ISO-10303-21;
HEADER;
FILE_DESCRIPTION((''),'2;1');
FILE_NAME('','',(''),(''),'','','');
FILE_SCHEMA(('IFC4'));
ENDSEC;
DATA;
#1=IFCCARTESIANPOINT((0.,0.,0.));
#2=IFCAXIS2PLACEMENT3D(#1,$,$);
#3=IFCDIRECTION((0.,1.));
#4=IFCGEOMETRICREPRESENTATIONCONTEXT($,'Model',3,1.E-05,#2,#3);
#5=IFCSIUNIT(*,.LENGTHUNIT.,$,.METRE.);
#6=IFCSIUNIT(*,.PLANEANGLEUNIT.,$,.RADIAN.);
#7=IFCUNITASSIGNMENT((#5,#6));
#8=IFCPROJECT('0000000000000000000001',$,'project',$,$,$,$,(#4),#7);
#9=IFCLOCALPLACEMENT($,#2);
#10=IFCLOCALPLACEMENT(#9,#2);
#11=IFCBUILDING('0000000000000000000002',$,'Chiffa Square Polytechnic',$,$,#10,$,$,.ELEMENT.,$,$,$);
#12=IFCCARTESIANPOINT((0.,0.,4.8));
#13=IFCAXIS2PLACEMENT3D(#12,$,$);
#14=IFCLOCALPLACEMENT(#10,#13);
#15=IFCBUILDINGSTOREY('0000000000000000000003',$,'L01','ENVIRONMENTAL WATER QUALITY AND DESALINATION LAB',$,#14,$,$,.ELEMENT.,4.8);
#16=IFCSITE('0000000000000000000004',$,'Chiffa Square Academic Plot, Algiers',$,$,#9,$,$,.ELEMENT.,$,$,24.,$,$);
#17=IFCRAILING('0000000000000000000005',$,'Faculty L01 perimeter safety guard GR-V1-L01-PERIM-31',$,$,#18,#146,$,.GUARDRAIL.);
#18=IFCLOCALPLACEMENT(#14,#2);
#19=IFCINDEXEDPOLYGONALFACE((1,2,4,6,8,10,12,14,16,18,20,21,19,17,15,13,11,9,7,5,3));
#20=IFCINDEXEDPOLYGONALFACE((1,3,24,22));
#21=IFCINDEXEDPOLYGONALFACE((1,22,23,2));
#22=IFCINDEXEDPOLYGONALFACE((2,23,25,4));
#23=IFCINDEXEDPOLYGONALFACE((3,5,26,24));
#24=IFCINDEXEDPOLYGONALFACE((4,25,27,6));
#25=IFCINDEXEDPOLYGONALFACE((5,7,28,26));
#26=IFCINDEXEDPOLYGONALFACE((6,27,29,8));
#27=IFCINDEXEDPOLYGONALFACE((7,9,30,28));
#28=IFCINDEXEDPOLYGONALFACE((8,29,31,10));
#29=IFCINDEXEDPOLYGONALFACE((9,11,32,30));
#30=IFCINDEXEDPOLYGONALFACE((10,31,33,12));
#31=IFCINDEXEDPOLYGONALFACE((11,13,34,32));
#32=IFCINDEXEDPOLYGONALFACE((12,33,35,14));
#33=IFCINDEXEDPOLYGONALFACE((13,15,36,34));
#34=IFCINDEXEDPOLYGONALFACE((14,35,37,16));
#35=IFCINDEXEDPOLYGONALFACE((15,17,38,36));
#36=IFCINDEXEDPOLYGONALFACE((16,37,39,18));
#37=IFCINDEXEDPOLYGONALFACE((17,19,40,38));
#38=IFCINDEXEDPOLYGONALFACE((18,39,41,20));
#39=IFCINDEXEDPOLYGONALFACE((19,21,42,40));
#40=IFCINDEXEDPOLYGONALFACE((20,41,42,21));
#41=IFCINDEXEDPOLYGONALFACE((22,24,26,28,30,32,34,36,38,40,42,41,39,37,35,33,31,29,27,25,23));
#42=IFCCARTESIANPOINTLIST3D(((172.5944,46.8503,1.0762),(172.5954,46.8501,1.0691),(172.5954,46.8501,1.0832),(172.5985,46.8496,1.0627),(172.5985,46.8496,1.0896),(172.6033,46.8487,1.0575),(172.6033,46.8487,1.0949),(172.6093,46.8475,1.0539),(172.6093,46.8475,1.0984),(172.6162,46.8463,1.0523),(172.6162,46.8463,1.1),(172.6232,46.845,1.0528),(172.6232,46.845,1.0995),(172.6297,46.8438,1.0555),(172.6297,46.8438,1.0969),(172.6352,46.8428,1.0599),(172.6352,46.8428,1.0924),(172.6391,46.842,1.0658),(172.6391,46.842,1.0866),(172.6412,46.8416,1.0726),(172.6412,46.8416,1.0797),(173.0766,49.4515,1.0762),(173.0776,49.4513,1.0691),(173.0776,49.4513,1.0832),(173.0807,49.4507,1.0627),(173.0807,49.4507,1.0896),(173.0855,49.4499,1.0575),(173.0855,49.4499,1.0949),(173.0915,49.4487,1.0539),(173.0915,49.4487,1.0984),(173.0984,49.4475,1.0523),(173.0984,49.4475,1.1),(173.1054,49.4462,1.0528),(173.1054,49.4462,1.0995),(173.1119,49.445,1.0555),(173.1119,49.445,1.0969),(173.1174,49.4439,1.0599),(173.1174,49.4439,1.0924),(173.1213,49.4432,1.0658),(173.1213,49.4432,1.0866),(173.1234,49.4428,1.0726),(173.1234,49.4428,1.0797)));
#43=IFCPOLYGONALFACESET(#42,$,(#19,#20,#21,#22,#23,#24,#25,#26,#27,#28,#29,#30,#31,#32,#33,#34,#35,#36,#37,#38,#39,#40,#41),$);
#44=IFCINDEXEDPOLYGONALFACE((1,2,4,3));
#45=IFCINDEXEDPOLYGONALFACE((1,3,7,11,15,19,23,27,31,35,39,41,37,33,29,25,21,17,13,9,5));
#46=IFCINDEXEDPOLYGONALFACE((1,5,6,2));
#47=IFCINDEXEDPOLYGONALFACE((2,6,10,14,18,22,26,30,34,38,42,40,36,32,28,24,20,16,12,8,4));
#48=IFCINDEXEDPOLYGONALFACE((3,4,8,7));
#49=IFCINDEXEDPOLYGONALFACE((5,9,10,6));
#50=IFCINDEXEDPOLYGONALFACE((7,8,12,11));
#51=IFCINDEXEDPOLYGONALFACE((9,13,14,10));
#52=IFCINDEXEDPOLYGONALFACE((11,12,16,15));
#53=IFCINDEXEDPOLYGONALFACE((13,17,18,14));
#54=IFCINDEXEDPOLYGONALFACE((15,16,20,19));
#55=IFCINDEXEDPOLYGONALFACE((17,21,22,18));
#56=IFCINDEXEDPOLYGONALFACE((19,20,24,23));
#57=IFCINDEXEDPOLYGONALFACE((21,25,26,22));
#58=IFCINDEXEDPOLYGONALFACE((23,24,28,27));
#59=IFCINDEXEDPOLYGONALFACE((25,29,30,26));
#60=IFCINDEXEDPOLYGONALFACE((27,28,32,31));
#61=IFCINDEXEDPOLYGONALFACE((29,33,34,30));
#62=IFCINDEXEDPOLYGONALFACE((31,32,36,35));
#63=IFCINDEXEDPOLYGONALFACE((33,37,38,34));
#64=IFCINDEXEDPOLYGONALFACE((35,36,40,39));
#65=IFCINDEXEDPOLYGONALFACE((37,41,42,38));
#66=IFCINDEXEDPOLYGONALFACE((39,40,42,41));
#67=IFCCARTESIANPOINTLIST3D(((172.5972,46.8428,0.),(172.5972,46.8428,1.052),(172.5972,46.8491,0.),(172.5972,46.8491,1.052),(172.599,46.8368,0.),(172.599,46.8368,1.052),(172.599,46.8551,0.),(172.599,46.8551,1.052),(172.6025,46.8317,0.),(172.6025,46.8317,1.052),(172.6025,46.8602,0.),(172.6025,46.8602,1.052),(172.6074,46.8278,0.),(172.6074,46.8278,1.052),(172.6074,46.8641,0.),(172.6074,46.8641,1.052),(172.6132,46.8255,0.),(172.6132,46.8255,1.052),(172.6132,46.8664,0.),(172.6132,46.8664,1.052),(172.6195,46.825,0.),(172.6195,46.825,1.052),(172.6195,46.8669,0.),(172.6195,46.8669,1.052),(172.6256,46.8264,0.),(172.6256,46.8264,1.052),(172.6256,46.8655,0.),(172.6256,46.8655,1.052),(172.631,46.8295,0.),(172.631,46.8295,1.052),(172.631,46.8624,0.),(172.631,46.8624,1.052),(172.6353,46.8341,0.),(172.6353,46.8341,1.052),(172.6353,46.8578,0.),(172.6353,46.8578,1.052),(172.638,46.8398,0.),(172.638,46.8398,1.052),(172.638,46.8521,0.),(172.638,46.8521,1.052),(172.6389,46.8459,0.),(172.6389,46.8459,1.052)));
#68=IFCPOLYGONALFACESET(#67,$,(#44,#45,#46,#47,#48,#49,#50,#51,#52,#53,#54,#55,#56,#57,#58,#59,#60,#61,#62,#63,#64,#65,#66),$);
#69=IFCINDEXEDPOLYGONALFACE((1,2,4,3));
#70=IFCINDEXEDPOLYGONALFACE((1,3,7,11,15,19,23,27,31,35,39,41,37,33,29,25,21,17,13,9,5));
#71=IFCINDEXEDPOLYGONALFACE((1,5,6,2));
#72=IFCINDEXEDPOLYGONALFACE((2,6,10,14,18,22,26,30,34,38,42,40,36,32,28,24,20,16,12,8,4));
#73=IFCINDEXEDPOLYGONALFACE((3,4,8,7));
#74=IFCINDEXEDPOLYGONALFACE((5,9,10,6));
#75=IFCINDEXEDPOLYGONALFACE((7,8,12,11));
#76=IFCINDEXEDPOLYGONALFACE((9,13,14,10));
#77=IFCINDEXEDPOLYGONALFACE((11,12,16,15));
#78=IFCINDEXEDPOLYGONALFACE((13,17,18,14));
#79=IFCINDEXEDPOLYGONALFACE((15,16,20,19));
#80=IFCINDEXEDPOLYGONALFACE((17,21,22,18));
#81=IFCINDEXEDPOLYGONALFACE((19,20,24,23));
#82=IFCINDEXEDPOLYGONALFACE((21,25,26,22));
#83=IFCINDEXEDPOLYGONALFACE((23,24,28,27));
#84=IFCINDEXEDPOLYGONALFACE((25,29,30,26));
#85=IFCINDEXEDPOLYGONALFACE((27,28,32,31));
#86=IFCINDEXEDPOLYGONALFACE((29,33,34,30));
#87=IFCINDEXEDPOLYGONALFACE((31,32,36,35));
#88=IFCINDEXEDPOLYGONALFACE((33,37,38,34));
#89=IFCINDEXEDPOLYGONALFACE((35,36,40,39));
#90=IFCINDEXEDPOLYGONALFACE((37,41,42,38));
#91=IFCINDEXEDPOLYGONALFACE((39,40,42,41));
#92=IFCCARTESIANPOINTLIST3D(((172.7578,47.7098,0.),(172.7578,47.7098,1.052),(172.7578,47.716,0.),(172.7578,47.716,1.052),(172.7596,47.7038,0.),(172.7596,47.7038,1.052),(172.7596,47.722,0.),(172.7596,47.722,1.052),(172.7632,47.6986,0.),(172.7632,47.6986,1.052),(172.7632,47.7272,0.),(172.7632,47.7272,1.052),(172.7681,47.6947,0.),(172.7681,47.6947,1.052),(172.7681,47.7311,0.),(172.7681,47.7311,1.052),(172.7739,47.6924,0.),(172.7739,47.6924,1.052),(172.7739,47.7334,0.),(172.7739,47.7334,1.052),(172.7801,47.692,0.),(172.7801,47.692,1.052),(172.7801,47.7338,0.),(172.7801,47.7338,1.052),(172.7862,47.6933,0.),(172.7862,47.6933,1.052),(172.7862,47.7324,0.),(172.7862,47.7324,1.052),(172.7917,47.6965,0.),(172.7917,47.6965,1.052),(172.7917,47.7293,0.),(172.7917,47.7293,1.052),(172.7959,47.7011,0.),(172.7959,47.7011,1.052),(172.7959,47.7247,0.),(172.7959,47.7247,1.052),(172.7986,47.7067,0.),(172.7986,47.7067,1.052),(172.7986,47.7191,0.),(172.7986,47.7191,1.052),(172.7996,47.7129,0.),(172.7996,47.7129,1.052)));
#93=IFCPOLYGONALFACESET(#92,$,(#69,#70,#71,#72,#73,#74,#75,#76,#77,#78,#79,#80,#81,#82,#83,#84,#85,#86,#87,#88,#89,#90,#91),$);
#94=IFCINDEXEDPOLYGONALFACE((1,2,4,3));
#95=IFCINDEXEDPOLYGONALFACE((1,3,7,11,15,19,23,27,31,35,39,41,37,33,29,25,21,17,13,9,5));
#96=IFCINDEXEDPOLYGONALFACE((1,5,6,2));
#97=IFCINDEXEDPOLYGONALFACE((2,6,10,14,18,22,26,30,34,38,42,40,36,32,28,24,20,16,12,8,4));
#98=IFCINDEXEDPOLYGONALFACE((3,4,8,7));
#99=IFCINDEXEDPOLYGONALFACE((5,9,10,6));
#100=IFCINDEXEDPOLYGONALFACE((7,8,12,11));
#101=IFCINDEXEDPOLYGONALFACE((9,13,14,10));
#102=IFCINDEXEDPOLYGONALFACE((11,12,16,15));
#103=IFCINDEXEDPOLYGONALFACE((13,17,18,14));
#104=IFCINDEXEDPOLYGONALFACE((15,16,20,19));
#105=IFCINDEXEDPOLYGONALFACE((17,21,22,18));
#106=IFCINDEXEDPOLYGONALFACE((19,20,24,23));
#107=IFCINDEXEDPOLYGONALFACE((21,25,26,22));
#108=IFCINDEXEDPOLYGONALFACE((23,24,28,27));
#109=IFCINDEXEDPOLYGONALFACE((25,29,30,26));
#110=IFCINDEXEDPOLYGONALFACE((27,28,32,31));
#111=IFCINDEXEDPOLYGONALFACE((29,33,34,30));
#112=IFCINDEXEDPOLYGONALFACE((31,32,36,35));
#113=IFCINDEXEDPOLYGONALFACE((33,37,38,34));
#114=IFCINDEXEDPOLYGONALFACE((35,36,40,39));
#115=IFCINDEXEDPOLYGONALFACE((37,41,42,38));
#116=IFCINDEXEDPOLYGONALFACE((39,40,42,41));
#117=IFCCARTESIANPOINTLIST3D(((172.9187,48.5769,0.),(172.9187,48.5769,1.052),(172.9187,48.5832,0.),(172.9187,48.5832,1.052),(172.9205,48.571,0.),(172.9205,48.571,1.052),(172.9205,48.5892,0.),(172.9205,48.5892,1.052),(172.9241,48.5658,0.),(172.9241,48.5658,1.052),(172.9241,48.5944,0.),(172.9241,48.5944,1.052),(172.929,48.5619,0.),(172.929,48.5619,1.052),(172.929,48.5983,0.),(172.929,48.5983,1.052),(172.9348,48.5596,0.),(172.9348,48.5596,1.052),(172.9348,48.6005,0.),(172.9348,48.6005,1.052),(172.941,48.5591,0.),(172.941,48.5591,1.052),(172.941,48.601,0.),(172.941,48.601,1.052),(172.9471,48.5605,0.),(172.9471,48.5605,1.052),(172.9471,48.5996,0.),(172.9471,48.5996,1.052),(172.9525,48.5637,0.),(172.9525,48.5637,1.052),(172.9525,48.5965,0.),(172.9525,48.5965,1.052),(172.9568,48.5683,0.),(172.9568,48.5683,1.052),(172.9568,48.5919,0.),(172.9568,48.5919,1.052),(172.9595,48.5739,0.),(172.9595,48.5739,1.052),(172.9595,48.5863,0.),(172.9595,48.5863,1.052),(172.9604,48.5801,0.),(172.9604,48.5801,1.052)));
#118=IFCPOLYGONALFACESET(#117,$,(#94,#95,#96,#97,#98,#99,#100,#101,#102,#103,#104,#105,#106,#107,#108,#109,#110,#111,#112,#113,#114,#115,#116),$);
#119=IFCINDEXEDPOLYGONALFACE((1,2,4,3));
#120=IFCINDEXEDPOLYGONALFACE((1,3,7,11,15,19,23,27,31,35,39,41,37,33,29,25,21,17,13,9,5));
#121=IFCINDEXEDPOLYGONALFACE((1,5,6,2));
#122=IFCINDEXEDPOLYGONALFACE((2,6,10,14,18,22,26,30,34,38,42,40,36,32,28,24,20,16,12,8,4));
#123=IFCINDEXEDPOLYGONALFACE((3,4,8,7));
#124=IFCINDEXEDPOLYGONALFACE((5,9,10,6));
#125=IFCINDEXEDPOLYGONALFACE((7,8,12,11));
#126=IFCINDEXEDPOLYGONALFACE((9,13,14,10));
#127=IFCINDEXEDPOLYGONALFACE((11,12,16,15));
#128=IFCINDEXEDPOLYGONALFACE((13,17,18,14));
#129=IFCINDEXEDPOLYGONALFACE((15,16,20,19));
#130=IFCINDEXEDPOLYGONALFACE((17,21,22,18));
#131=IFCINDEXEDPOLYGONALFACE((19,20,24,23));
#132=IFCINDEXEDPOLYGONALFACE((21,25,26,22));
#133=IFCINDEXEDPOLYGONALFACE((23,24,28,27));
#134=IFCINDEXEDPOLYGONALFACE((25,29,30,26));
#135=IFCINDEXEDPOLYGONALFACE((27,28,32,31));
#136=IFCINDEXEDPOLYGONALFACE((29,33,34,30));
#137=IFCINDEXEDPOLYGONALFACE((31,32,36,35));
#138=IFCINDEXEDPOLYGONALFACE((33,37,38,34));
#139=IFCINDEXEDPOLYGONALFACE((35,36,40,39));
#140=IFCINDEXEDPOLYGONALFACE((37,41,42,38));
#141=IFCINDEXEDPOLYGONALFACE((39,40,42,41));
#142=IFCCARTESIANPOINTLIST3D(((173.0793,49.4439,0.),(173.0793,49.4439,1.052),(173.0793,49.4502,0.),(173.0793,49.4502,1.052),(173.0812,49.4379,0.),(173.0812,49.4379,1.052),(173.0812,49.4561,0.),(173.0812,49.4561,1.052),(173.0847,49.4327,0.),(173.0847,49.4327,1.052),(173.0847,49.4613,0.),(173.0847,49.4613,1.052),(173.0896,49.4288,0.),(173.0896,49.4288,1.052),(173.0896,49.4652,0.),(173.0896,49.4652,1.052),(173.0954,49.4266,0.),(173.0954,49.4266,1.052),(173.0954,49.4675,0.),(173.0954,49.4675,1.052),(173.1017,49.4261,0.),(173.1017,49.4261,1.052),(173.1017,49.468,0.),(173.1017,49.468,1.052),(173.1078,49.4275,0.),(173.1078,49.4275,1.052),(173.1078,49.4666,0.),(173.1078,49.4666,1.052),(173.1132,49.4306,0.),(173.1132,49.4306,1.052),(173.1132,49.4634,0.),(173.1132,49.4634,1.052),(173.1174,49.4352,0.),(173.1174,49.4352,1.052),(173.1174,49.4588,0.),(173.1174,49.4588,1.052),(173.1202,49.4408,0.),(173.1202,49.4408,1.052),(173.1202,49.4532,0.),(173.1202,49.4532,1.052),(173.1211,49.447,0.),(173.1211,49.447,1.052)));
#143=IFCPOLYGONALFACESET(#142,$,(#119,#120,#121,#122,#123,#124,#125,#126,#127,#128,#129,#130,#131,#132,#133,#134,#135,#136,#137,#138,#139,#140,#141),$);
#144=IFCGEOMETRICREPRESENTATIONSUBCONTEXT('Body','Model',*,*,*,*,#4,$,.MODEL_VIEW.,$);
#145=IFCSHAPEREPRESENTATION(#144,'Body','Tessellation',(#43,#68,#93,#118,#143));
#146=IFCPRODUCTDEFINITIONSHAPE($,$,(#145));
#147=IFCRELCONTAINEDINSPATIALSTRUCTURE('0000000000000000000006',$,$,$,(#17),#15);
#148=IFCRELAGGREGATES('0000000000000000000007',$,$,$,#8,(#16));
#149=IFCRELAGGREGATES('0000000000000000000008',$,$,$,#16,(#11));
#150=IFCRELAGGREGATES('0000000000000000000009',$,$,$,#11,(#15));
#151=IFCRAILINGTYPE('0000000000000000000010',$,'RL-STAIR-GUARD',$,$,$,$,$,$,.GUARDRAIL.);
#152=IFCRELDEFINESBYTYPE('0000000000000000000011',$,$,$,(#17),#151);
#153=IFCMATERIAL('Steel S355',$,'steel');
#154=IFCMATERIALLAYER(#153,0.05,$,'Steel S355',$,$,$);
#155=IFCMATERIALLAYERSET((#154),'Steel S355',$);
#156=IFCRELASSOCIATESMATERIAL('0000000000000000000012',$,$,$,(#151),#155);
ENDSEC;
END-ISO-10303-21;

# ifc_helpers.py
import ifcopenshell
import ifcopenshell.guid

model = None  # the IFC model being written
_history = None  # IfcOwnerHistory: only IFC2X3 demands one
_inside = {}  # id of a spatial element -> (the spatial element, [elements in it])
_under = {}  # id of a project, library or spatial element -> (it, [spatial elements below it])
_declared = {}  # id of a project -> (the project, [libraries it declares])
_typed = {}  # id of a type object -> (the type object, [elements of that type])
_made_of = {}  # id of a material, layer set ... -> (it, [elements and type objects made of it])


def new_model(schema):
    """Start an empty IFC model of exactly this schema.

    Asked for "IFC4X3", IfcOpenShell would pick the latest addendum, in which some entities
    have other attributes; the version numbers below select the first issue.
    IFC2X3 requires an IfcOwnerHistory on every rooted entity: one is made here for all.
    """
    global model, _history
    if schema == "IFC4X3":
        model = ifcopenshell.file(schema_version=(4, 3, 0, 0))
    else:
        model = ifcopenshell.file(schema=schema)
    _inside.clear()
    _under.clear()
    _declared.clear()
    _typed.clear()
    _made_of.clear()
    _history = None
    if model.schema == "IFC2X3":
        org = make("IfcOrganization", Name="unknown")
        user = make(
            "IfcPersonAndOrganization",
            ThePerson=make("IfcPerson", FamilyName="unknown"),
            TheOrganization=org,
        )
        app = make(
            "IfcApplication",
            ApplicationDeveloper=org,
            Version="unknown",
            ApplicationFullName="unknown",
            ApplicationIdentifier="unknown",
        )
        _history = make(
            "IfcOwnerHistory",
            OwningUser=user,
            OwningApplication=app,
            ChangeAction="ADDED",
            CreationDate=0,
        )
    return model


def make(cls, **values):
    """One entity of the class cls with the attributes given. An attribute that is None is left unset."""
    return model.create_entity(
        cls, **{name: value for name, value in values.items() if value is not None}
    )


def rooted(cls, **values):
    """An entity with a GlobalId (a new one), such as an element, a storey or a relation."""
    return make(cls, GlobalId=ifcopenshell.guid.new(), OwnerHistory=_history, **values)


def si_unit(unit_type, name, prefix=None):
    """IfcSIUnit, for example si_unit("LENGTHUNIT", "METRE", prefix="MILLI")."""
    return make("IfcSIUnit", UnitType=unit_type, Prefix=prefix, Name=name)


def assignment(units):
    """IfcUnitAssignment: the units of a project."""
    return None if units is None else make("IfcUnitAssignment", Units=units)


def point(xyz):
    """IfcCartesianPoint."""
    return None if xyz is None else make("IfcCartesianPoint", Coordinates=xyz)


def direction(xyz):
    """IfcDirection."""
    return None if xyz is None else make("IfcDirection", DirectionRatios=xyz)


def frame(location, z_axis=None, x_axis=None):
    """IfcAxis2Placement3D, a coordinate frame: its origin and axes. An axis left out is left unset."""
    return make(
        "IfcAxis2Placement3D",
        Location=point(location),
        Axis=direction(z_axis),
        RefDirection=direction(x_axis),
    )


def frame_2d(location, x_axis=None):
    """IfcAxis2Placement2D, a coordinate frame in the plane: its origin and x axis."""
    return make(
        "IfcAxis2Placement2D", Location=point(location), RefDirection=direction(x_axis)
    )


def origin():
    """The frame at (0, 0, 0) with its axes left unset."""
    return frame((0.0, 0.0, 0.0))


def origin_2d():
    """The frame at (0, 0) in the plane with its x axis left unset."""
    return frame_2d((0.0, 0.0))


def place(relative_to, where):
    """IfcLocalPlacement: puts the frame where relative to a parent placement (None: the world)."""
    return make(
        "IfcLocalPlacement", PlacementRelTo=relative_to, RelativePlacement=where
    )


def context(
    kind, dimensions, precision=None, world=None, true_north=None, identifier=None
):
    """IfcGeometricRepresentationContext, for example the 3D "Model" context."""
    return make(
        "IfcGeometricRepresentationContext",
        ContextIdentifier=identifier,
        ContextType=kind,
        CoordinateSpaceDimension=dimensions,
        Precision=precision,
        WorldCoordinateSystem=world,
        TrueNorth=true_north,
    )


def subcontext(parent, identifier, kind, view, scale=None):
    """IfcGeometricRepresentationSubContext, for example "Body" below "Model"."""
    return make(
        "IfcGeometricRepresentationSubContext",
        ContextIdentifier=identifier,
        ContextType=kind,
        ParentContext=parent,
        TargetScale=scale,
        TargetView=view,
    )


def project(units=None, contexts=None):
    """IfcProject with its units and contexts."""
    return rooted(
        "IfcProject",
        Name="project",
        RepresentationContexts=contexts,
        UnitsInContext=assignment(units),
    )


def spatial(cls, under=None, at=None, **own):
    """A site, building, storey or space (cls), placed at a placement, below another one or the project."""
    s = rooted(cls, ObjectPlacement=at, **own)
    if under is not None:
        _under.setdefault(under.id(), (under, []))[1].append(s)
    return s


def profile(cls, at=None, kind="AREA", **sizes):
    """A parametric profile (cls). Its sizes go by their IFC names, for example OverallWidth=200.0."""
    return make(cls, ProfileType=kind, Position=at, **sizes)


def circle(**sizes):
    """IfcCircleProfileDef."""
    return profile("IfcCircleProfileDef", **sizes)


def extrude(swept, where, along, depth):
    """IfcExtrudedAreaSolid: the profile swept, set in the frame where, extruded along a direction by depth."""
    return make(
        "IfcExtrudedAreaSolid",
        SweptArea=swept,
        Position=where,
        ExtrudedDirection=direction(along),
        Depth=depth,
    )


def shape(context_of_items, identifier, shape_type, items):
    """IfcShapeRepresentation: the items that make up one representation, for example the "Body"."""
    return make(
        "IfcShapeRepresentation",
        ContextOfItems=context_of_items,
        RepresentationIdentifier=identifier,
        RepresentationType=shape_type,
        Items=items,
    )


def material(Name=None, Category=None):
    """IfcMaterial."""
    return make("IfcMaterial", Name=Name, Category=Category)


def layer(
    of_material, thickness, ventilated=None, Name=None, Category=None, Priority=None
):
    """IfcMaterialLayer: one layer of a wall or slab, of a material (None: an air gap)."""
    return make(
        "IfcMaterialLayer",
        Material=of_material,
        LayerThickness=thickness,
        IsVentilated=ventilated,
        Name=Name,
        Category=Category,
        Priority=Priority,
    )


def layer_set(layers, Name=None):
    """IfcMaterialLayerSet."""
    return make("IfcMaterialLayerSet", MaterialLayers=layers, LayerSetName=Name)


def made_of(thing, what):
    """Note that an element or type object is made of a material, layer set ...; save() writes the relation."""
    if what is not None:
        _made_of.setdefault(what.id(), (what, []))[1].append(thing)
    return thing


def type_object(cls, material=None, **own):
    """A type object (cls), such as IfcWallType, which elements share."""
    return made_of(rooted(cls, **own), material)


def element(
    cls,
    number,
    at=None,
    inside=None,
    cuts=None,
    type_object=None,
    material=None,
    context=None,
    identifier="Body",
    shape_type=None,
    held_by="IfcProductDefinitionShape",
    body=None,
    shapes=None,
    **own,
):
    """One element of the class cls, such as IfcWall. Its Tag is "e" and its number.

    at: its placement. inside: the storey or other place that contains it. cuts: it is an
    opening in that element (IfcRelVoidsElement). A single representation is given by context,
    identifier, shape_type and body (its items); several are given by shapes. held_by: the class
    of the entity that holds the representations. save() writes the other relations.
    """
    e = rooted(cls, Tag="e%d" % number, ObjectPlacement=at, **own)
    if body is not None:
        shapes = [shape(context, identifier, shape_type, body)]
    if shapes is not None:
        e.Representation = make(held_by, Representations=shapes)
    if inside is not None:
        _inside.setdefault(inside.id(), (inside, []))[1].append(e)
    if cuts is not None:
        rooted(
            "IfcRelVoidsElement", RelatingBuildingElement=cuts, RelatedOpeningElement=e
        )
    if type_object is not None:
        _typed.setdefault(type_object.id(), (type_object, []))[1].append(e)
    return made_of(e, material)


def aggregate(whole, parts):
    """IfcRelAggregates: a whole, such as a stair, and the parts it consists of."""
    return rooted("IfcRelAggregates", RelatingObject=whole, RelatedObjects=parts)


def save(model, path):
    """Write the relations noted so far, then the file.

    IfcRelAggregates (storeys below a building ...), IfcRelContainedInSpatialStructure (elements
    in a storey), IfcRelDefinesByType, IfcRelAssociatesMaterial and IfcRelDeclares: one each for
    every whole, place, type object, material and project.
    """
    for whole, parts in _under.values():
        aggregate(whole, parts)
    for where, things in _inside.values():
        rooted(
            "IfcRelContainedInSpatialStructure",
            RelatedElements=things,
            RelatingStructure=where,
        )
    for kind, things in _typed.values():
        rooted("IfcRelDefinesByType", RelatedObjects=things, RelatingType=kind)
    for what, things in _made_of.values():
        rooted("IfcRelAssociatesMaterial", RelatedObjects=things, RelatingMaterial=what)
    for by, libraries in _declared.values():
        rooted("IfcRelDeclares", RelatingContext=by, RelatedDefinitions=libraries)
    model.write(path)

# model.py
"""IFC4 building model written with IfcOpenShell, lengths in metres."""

from ifc_helpers import new_model, si_unit, direction, frame, origin, origin_2d, place, context, subcontext, project, spatial, circle, extrude, material, layer, layer_set, type_object, element, save


model = new_model("IFC4")

# Units and contexts
model_context = context("Model", 3, precision=1e-05, world=origin(), true_north=direction((0.0, 1.0)))
body_context = subcontext(model_context, "Body", "Model", "MODEL_VIEW")
ifc_project = project(units=[si_unit("LENGTHUNIT", "METRE"), si_unit("PLANEANGLEUNIT", "RADIAN")], contexts=[model_context])

# Site, building, storey
site_placement = place(None, origin())
site = spatial("IfcSite", under=ifc_project, at=site_placement, Name="Chiffa Square Academic Plot, Algiers", CompositionType="ELEMENT", RefElevation=24.0)
building_placement = place(site_placement, origin())
building = spatial("IfcBuilding", under=site, at=building_placement, Name="Chiffa Square Polytechnic", CompositionType="ELEMENT")
storey_placement = place(building_placement, frame((0.0, 0.0, 4.8)))
storey = spatial("IfcBuildingStorey", under=building, at=storey_placement, Name="L01", Description="ENVIRONMENTAL WATER QUALITY AND DESALINATION LAB", CompositionType="ELEMENT", Elevation=4.8)

# Shared definitions
ifc_material_1 = material(Name="Steel S355", Category="steel")

# Railing
ifc_layer_1 = layer(ifc_material_1, 0.05, Name="Steel S355")
ifc_layer_set_1 = layer_set([ifc_layer_1], Name="Steel S355")
railing_type = type_object("IfcRailingType", Name="RL-STAIR-GUARD", PredefinedType="GUARDRAIL", material=ifc_layer_set_1)
railing_1_placement = place(storey_placement, frame((172.6179, 46.8459, 0.0)))
element("IfcRailing", 1, at=railing_1_placement, inside=storey, type_object=railing_type, Name="Faculty L01 perimeter safety guard GR-V1-L01-PERIM-31", PredefinedType="GUARDRAIL", context=body_context, shape_type="SweptSolid", body=[
    extrude(circle(Radius=0.0239, at=origin_2d()), frame((0.0, 0.0, 1.0762), z_axis=(0.182271, 0.983248, 0.0), x_axis=(-0.983248, 0.182271, 0.0)), (0.0, 0.0, 1.0), 2.6455),
    extrude(circle(Radius=0.021, at=origin_2d()), origin(), (0.0, 0.0, 1.0), 1.052),
    extrude(circle(Radius=0.021, at=origin_2d()), frame((0.1606, 0.8669, 0.0)), (0.0, 0.0, 1.0), 1.052),
    extrude(circle(Radius=0.021, at=origin_2d()), frame((0.3215, 1.7341, 0.0)), (0.0, 0.0, 1.0), 1.052),
    extrude(circle(Radius=0.021, at=origin_2d()), frame((0.4822, 2.6011, 0.0)), (0.0, 0.0, 1.0), 1.052),
])

save(model, "model.ifc")
